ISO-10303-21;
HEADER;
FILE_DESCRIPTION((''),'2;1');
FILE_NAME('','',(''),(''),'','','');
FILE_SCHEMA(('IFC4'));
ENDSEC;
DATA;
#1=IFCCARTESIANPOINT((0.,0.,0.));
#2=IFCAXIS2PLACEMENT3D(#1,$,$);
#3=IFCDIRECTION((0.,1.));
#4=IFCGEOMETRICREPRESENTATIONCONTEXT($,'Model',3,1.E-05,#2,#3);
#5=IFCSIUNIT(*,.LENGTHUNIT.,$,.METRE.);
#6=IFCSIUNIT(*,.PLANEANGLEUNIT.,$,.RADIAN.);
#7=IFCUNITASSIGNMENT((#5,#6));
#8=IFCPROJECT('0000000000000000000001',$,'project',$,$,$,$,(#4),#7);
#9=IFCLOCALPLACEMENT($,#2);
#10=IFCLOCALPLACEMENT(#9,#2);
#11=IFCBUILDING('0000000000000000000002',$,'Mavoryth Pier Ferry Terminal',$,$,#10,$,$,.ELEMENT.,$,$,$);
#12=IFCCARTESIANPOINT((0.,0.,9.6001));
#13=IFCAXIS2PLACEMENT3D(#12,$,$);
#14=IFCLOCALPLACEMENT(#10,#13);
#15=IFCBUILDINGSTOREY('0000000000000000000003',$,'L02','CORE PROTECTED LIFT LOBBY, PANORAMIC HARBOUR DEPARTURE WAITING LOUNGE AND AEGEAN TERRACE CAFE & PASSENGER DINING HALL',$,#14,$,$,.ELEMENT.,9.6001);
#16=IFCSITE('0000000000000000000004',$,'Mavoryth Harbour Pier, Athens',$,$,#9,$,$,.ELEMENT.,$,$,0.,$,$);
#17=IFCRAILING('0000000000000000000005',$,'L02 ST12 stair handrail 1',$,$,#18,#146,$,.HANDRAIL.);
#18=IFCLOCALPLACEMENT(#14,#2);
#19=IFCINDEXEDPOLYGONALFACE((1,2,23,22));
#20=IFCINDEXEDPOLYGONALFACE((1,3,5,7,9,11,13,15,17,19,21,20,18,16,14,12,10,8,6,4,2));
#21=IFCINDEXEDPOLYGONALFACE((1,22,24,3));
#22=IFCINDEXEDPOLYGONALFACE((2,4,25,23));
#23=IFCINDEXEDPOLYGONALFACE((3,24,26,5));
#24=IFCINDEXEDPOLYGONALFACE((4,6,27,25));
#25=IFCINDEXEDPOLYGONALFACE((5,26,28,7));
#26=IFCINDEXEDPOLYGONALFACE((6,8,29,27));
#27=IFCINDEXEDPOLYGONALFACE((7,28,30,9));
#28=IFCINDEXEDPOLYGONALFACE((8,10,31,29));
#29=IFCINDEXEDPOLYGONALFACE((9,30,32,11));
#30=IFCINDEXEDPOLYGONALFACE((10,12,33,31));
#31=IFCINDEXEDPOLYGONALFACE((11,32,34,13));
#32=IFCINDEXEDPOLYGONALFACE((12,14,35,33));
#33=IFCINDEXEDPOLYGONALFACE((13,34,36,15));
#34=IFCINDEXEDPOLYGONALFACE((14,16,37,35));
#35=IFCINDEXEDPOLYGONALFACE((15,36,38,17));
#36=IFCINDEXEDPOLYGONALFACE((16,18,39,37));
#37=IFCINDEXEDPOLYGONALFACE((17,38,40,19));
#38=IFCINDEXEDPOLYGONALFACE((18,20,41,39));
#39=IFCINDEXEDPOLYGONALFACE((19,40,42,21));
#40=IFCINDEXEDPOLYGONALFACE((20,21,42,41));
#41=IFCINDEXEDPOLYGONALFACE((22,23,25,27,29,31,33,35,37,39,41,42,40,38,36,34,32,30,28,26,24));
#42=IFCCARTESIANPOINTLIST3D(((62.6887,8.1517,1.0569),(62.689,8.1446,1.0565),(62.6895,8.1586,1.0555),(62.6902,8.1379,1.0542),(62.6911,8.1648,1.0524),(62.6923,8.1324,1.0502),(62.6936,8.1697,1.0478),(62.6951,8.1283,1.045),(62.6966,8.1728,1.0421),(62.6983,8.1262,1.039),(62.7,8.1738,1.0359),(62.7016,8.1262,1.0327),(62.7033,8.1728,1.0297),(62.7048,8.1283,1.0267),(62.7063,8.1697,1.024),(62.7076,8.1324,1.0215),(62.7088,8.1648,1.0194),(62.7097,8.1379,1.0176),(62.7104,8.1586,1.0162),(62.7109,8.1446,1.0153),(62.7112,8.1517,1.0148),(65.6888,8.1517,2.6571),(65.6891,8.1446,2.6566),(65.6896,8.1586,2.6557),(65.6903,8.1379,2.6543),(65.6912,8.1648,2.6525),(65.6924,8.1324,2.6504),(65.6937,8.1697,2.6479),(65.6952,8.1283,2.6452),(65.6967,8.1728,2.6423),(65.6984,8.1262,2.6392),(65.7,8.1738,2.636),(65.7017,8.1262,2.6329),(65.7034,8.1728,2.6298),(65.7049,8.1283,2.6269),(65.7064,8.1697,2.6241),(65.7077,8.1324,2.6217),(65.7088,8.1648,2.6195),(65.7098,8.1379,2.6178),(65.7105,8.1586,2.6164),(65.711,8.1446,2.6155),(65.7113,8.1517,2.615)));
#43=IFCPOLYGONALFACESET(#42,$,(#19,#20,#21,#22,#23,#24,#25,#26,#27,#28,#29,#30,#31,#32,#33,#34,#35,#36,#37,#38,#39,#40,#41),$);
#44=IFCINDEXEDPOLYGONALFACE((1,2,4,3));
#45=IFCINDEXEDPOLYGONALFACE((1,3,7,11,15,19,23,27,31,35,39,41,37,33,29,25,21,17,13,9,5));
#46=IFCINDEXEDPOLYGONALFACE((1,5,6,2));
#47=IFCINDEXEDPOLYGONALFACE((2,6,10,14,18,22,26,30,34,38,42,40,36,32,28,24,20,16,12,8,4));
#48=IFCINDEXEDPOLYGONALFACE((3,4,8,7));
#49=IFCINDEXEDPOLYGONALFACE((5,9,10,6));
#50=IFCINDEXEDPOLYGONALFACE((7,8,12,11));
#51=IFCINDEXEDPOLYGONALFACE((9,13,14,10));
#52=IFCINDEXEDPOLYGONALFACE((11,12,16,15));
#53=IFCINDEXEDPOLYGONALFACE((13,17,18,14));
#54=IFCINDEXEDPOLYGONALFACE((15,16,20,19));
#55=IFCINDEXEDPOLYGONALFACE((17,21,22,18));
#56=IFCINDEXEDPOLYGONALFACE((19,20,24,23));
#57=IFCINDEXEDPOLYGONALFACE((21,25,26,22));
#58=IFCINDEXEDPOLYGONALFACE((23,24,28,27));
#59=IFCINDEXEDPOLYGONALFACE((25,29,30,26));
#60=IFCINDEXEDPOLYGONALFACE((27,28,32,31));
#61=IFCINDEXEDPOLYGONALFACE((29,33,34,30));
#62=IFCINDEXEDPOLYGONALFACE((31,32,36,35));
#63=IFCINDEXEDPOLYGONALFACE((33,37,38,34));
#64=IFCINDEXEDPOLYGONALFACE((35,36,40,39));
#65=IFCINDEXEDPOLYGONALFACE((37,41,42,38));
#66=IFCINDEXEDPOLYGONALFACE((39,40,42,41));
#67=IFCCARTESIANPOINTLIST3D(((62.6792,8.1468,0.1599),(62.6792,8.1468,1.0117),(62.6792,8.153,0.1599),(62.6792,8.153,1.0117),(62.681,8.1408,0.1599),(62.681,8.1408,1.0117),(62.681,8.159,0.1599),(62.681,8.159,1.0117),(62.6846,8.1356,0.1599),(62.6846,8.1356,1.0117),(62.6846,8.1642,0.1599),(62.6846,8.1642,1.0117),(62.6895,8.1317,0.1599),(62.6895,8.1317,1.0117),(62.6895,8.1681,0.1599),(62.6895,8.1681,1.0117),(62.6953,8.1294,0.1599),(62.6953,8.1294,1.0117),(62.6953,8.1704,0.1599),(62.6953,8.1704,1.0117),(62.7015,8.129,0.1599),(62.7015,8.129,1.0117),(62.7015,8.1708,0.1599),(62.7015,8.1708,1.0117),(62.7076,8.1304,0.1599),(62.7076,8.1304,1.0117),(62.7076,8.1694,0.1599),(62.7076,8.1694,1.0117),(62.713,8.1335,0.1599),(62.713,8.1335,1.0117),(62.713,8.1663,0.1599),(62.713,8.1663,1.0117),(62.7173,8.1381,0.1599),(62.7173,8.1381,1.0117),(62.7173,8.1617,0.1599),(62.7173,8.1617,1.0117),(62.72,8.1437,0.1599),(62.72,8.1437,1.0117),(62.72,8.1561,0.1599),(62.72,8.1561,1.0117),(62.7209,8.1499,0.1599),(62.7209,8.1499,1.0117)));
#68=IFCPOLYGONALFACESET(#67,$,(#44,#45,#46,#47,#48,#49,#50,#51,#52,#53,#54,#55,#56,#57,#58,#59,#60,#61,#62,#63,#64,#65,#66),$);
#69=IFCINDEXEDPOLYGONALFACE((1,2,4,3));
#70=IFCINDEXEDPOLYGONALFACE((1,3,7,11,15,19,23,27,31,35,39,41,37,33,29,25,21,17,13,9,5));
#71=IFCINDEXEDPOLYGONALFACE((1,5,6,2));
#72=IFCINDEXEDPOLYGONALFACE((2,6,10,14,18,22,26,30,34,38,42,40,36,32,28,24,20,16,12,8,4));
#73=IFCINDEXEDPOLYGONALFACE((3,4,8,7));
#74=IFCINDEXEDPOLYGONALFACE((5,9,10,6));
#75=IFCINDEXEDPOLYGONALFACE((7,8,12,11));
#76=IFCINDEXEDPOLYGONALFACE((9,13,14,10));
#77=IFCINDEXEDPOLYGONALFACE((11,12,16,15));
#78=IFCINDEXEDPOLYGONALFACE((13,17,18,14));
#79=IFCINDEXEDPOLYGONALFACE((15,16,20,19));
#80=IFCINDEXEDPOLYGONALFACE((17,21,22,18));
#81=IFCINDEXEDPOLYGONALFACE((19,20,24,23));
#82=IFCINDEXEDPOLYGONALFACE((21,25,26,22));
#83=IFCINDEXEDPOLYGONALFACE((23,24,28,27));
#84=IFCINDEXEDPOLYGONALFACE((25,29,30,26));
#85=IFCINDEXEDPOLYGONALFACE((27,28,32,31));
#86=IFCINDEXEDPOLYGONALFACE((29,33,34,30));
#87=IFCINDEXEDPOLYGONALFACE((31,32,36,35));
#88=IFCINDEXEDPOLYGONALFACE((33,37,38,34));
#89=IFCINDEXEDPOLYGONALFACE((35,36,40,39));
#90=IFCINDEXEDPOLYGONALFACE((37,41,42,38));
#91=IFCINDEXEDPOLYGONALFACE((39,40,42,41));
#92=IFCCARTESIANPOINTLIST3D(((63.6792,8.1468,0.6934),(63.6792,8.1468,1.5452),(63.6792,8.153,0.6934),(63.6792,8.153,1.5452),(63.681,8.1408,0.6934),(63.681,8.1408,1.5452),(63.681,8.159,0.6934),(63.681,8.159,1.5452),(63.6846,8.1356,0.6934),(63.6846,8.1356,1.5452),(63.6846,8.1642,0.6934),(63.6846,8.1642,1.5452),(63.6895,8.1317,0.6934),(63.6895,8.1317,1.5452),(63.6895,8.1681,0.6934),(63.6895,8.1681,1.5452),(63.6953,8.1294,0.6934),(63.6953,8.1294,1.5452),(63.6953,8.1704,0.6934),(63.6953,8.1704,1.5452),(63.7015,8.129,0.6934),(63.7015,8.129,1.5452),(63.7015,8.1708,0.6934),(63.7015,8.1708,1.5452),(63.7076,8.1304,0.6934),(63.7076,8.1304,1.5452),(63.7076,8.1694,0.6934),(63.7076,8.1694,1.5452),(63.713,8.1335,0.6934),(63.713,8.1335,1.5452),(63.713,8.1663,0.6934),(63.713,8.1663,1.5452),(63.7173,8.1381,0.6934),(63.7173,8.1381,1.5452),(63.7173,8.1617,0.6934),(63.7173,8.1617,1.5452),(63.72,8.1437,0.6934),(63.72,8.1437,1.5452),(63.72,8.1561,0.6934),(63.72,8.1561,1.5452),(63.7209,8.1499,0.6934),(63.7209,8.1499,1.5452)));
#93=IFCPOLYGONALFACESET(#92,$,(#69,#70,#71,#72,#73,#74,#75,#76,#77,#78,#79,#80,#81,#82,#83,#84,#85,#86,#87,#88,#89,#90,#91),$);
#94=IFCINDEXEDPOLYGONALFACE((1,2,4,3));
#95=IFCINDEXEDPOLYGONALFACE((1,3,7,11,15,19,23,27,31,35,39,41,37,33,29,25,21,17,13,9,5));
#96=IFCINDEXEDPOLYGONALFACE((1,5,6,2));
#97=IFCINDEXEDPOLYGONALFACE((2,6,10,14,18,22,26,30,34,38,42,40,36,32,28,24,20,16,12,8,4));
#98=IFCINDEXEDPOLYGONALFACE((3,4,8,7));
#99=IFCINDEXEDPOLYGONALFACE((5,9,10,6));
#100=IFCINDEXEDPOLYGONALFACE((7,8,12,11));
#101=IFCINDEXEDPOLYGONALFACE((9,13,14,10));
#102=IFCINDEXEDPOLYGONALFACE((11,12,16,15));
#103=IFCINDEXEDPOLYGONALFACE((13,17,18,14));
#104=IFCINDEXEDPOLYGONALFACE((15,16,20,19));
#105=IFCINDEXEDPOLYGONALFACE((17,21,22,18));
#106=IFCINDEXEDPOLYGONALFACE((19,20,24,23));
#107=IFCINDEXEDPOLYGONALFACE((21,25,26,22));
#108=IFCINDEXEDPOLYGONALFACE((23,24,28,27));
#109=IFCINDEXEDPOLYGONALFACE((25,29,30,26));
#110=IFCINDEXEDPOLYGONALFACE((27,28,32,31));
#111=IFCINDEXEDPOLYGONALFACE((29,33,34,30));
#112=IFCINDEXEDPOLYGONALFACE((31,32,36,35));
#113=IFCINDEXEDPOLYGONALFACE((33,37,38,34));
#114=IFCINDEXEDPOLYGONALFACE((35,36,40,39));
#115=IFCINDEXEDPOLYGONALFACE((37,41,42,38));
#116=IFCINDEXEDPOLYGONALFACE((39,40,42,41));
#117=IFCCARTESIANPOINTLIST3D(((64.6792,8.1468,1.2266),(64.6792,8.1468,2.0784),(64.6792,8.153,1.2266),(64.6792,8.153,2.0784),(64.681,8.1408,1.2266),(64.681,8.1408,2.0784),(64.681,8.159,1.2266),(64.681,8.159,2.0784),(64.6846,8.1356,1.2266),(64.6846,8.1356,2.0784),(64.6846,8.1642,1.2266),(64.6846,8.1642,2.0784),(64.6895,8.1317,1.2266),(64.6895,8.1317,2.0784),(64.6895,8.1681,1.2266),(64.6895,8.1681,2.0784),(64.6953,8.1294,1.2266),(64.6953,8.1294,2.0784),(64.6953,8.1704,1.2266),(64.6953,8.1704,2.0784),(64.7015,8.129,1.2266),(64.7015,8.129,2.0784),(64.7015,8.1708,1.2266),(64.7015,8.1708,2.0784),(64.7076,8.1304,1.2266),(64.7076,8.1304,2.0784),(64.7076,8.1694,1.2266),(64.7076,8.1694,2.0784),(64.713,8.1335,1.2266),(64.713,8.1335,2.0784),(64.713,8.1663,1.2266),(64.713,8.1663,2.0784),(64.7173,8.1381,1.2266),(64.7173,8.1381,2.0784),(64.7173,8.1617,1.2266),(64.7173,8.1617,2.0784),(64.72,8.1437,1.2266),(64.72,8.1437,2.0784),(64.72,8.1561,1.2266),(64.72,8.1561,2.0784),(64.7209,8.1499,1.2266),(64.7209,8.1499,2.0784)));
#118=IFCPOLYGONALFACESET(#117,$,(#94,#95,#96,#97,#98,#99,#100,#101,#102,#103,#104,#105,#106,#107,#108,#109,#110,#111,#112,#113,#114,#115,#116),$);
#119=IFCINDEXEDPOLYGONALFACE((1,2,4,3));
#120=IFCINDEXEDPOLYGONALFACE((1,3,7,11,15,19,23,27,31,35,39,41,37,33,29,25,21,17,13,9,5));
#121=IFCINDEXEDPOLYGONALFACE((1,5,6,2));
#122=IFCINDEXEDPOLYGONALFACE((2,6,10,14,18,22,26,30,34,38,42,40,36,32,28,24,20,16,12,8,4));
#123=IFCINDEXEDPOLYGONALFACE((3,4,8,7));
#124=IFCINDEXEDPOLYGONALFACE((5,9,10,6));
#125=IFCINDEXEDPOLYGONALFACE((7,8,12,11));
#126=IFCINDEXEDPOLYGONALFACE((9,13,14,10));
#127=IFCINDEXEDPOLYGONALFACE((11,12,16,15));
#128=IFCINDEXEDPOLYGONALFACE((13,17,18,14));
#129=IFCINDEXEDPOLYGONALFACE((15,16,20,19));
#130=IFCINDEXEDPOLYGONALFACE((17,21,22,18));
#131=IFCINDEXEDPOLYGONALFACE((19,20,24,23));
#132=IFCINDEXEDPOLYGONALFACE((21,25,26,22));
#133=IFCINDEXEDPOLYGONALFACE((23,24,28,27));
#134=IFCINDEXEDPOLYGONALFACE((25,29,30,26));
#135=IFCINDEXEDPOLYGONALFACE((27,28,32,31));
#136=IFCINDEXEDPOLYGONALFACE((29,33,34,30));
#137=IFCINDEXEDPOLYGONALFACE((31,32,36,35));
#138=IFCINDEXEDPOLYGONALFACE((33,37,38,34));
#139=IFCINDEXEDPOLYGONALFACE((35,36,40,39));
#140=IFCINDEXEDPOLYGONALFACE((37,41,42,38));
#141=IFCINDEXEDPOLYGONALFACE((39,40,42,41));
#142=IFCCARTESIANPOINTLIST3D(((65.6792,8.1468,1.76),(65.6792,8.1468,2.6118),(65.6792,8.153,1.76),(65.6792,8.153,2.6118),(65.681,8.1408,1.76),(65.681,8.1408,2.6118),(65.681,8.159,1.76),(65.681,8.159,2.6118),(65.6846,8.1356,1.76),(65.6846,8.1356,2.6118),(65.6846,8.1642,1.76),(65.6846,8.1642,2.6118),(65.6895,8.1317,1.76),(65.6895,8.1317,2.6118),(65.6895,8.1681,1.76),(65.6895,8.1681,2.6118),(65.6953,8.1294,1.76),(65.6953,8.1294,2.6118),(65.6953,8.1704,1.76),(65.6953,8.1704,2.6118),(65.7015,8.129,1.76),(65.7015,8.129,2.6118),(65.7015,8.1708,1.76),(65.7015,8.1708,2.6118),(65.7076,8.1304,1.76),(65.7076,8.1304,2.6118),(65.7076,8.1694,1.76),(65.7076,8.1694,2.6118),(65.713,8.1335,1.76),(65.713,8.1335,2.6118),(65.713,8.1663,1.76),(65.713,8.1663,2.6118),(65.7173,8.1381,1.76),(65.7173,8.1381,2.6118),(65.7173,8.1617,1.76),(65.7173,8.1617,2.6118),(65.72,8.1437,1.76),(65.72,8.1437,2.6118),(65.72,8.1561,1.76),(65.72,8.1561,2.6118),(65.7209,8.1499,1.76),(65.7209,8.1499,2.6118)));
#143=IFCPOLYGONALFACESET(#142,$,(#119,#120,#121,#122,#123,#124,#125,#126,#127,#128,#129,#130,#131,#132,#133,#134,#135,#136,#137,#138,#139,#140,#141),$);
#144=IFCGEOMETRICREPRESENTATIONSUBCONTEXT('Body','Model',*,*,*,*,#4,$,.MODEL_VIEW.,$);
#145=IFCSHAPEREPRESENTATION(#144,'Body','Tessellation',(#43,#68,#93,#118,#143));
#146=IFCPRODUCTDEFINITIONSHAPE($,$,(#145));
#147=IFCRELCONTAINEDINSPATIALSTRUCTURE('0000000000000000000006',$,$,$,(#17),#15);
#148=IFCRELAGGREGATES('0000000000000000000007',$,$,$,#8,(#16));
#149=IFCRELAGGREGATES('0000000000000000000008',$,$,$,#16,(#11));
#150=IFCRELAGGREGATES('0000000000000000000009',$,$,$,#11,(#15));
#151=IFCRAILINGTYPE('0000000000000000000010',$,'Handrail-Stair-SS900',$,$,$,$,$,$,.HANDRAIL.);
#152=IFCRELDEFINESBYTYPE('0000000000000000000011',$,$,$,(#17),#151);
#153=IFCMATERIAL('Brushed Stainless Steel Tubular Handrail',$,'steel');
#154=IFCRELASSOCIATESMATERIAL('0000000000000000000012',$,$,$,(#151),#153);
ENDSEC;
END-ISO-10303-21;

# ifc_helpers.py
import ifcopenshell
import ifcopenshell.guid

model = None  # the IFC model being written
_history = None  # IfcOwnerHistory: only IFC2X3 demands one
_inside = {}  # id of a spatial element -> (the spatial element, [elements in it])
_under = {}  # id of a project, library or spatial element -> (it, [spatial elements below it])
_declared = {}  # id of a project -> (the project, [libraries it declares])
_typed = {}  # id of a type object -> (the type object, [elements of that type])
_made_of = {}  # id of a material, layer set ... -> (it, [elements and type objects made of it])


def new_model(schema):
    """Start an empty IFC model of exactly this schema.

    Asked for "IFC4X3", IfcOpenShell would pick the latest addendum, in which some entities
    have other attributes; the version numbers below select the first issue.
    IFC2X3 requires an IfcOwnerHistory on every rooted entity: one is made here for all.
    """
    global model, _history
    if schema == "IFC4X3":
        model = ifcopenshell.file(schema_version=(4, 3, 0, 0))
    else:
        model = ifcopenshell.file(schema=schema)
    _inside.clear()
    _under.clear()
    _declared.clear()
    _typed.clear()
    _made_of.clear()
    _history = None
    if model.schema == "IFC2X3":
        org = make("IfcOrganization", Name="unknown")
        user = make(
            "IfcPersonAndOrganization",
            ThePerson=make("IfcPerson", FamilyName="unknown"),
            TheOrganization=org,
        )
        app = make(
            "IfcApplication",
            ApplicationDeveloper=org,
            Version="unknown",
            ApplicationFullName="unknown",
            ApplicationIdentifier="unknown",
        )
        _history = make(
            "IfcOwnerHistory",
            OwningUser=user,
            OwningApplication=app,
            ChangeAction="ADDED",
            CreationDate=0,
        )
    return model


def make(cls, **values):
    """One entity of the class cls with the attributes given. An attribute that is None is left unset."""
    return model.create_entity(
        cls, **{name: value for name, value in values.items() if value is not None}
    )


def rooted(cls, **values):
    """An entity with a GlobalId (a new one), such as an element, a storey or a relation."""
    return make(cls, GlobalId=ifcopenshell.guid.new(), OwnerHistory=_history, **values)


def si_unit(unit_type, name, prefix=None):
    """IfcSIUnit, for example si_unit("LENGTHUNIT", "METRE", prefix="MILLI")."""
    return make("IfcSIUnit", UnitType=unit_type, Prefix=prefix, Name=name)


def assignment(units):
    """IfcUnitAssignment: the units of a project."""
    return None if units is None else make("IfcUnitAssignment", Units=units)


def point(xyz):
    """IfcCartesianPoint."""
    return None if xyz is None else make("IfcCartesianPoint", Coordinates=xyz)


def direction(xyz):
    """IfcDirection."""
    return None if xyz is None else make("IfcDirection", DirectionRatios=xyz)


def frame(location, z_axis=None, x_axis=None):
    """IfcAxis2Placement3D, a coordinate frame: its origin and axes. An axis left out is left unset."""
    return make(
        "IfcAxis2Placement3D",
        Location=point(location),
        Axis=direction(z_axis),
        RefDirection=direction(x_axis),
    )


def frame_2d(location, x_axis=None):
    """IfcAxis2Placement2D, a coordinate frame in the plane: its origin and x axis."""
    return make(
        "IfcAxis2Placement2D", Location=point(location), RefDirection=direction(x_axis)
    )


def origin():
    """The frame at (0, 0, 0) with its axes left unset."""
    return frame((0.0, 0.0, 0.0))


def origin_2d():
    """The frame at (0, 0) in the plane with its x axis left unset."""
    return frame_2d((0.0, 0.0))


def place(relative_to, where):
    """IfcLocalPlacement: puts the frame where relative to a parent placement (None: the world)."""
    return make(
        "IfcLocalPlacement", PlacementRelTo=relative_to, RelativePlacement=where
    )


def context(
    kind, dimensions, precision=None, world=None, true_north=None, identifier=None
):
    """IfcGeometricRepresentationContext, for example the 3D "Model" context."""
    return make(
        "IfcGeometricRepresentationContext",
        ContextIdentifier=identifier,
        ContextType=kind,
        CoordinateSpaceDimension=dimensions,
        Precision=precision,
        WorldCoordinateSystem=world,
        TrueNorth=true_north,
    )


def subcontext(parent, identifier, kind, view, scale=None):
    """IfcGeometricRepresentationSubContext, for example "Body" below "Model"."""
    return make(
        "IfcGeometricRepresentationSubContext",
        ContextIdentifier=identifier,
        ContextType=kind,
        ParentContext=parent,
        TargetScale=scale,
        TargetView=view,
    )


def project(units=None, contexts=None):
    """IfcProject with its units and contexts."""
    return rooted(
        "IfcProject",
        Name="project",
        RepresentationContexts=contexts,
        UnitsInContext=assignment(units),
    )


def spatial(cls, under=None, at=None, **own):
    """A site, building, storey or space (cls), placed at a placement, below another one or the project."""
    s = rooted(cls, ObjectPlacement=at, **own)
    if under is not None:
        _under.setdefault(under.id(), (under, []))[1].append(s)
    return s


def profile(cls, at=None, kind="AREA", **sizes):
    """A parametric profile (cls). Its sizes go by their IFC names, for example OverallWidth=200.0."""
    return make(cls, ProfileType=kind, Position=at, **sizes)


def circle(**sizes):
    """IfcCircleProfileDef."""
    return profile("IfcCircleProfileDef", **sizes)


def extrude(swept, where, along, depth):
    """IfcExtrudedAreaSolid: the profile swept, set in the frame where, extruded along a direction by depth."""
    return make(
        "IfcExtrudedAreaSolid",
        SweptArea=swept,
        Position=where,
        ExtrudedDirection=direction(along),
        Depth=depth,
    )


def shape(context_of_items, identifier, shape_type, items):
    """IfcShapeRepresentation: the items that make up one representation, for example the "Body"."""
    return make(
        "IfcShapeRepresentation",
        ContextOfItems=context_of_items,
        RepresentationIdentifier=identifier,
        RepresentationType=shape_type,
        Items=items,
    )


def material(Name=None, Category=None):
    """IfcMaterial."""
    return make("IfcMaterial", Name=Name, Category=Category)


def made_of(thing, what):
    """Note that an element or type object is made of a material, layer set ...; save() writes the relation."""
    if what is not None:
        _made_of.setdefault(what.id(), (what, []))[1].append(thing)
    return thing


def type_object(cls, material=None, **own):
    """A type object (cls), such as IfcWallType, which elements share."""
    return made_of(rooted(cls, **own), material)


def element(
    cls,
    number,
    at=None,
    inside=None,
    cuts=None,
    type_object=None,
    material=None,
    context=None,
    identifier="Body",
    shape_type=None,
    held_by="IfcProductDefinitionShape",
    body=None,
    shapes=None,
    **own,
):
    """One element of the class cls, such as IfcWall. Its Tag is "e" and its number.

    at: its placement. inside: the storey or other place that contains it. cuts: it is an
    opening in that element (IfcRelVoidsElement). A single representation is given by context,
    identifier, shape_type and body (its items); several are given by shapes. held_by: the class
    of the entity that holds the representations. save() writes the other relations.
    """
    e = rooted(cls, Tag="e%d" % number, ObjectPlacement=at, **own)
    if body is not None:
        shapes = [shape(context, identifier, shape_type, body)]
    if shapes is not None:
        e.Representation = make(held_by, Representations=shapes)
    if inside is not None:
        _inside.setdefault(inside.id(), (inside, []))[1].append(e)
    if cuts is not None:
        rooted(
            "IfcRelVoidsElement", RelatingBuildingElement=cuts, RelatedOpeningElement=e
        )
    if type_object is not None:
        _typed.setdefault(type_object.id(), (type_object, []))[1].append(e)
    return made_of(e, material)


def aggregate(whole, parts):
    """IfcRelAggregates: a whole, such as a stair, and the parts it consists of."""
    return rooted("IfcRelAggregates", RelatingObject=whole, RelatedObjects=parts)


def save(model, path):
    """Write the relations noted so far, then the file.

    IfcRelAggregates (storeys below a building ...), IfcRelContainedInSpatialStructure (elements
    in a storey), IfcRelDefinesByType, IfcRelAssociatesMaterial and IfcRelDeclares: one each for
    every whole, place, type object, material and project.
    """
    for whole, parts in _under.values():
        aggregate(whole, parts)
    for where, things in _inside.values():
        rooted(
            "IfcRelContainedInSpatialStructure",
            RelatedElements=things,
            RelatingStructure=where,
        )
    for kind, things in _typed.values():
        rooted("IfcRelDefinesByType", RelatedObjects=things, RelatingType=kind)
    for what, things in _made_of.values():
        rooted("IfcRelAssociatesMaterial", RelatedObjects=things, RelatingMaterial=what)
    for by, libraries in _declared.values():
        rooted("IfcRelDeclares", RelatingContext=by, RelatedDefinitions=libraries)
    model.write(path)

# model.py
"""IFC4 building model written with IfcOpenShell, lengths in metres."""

from ifc_helpers import new_model, si_unit, direction, frame, origin, origin_2d, place, context, subcontext, project, spatial, circle, extrude, material, type_object, element, save


model = new_model("IFC4")

# Units and contexts
model_context = context("Model", 3, precision=1e-05, world=origin(), true_north=direction((0.0, 1.0)))
body_context = subcontext(model_context, "Body", "Model", "MODEL_VIEW")
ifc_project = project(units=[si_unit("LENGTHUNIT", "METRE"), si_unit("PLANEANGLEUNIT", "RADIAN")], contexts=[model_context])

# Site, building, storey
site_placement = place(None, origin())
site = spatial("IfcSite", under=ifc_project, at=site_placement, Name="Mavoryth Harbour Pier, Athens", CompositionType="ELEMENT", RefElevation=0.0)
building_placement = place(site_placement, origin())
building = spatial("IfcBuilding", under=site, at=building_placement, Name="Mavoryth Pier Ferry Terminal", CompositionType="ELEMENT")
storey_placement = place(building_placement, frame((0.0, 0.0, 9.6001)))
storey = spatial("IfcBuildingStorey", under=building, at=storey_placement, Name="L02", Description="CORE PROTECTED LIFT LOBBY, PANORAMIC HARBOUR DEPARTURE WAITING LOUNGE AND AEGEAN TERRACE CAFE & PASSENGER DINING HALL", CompositionType="ELEMENT", Elevation=9.6001)

# Railing
ifc_material_1 = material(Name="Brushed Stainless Steel Tubular Handrail", Category="steel")
railing_type_1 = type_object("IfcRailingType", Name="Handrail-Stair-SS900", PredefinedType="HANDRAIL", material=ifc_material_1)
railing_1_placement = place(storey_placement, frame((62.7, 8.1499, 0.1599)))
element("IfcRailing", 1, at=railing_1_placement, inside=storey, type_object=railing_type_1, Name="L02 ST12 stair handrail 1", PredefinedType="HANDRAIL", context=body_context, shape_type="SweptSolid", body=[
    extrude(circle(Radius=0.0239, at=origin_2d()), frame((0.0, 0.0, 0.876), z_axis=(0.882341, 0.0, 0.470611), x_axis=(0.0, 1.0, 0.0)), (0.0, 0.0, 1.0), 3.4001),
    extrude(circle(Radius=0.021, at=origin_2d()), origin(), (0.0, 0.0, 1.0), 0.8518),
    extrude(circle(Radius=0.021, at=origin_2d()), frame((1.0, 0.0, 0.5334)), (0.0, 0.0, 1.0), 0.8518),
    extrude(circle(Radius=0.021, at=origin_2d()), frame((2.0, 0.0, 1.0667)), (0.0, 0.0, 1.0), 0.8518),
    extrude(circle(Radius=0.021, at=origin_2d()), frame((3.0, 0.0, 1.6001)), (0.0, 0.0, 1.0), 0.8518),
])

save(model, "model.ifc")
